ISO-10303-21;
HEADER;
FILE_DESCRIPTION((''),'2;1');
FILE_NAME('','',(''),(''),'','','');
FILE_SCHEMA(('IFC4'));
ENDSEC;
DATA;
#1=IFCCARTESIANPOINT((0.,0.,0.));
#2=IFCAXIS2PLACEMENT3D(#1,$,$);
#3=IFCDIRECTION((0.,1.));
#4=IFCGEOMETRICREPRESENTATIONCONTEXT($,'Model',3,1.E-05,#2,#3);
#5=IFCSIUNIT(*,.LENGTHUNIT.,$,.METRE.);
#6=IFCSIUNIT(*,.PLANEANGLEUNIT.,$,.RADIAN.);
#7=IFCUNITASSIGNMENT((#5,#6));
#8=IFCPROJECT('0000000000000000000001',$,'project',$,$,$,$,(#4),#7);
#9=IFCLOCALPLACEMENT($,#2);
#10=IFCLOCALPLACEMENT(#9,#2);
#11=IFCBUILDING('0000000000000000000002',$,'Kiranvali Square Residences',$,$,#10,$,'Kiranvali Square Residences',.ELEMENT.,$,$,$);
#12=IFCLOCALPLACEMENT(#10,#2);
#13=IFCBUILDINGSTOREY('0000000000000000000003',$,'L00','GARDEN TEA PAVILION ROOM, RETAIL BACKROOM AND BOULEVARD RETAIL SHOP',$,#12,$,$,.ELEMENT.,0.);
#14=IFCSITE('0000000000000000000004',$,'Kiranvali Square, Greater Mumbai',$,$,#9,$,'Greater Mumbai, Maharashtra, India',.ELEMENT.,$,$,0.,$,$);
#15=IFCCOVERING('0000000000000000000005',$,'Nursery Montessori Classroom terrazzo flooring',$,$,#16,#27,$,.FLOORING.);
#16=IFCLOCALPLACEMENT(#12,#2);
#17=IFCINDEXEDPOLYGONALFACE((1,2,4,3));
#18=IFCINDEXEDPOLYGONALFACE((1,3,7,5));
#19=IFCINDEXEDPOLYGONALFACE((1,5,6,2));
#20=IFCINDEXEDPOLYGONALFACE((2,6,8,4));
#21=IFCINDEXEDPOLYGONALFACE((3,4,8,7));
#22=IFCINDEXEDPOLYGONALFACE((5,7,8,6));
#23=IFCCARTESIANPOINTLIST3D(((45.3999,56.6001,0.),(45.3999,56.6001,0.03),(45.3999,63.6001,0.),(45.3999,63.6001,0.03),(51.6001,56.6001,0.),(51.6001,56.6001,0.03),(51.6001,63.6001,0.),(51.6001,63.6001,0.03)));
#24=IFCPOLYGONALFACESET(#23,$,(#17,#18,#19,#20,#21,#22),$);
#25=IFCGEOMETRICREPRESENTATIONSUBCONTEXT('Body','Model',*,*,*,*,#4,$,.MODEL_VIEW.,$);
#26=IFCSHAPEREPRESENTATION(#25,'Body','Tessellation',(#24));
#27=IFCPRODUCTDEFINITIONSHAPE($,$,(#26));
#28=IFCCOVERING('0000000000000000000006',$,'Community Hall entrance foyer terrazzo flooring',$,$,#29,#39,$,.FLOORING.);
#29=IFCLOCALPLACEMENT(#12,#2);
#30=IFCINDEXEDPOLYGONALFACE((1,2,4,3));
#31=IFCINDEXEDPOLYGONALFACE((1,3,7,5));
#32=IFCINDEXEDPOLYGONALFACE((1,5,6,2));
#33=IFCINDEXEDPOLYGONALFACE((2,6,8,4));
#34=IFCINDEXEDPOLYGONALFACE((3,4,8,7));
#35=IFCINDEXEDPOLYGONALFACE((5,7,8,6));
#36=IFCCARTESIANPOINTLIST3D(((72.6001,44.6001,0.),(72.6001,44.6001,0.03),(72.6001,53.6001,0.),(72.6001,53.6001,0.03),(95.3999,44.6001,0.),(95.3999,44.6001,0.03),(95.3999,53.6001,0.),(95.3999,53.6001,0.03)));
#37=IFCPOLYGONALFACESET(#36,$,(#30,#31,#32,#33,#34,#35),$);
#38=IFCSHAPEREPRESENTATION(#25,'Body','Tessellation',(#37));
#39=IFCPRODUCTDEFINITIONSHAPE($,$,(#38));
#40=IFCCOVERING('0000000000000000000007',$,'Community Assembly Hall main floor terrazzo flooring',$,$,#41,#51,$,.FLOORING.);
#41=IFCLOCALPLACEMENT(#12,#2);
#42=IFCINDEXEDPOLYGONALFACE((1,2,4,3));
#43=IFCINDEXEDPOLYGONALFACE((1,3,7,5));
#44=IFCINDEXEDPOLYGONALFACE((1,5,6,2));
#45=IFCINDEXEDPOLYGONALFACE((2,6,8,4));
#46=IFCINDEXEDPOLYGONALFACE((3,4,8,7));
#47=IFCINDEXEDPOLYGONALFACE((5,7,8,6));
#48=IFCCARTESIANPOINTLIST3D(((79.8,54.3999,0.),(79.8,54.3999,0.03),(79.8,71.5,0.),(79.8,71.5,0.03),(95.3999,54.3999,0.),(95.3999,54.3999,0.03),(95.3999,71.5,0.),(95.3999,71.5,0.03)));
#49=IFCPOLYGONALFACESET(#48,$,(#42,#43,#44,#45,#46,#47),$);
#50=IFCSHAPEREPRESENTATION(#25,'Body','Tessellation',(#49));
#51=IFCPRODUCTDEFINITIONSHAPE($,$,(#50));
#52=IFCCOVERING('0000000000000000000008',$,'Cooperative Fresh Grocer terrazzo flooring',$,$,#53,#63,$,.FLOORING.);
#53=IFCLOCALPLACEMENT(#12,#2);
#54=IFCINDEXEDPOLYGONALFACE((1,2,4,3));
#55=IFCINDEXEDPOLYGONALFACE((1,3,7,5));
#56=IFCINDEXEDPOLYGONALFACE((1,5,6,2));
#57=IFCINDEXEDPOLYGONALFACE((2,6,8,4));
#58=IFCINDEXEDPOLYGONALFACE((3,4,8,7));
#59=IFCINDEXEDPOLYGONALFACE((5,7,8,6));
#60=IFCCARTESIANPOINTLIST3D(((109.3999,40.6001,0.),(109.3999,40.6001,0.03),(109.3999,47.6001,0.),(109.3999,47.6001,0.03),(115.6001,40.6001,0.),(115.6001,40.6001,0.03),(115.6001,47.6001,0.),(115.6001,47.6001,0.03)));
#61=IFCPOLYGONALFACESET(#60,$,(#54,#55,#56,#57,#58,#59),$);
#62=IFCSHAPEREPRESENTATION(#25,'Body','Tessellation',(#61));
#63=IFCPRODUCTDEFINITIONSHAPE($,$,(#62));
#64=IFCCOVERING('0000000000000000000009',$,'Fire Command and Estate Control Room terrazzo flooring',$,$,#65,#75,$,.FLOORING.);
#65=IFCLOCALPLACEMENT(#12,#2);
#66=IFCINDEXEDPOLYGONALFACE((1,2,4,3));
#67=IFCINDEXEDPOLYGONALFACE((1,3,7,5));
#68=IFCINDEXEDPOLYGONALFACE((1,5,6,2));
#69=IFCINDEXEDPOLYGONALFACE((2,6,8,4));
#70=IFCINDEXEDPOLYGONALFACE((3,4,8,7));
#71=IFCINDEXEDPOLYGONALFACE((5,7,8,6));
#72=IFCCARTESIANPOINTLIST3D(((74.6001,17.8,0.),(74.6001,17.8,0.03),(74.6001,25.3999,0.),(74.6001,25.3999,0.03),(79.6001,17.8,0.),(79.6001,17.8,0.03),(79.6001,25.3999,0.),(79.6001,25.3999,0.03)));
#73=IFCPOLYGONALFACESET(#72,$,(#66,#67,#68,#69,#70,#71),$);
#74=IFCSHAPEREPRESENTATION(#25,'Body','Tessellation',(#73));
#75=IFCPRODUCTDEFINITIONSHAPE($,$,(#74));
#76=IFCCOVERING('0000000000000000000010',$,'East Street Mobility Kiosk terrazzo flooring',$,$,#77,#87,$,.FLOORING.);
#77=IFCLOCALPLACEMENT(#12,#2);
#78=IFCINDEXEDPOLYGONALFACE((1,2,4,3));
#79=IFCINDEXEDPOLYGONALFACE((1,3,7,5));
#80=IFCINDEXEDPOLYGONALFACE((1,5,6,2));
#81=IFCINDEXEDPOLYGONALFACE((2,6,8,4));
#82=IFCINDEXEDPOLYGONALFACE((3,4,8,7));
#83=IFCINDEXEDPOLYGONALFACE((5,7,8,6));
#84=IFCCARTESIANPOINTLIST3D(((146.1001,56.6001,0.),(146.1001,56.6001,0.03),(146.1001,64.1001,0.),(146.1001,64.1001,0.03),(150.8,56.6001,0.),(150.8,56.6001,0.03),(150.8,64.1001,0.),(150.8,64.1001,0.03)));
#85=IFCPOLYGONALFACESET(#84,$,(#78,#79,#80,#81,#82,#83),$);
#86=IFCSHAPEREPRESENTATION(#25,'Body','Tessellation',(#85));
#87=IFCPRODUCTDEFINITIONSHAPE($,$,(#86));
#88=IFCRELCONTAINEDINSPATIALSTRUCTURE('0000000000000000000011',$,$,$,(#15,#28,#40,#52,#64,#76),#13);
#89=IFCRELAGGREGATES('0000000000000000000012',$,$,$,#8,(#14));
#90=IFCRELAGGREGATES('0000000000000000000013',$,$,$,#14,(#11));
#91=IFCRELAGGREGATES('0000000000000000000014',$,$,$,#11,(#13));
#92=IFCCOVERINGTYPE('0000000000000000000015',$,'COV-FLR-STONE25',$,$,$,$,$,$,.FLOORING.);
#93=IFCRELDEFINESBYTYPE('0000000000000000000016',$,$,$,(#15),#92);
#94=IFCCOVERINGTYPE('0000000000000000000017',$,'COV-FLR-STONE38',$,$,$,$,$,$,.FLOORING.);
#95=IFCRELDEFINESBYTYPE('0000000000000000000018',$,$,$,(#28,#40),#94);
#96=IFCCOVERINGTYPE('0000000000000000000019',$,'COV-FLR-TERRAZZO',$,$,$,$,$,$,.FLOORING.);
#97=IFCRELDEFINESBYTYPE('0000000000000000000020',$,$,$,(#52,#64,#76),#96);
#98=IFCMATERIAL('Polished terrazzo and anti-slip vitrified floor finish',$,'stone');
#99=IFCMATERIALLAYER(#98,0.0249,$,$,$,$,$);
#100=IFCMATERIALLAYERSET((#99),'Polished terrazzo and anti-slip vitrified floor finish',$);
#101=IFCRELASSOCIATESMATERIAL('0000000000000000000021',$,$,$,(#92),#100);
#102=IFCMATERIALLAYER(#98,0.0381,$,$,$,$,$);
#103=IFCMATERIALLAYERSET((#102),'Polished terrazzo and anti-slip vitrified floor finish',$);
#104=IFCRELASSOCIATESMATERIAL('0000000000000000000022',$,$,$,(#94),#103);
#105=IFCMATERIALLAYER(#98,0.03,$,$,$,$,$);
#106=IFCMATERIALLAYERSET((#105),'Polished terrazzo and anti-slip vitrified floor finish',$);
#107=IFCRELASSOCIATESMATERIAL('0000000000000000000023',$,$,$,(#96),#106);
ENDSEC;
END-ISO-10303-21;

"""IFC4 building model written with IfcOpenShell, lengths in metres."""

from ifc_helpers import new_model, si_unit, direction, origin, place, context, subcontext, project, spatial, polyline, outline, extrude, material, layer, layer_set, type_object, element, save


model = new_model("IFC4")

# Units and contexts
model_context = context("Model", 3, precision=1e-05, world=origin(), true_north=direction((0.0, 1.0)))
body_context = subcontext(model_context, "Body", "Model", "MODEL_VIEW")
ifc_project = project(units=[si_unit("LENGTHUNIT", "METRE"), si_unit("PLANEANGLEUNIT", "RADIAN")], contexts=[model_context])

# Site, building, storey
site_placement = place(None, origin())
site = spatial("IfcSite", under=ifc_project, at=site_placement, Name="Kiranvali Square, Greater Mumbai", LongName="Greater Mumbai, Maharashtra, India", CompositionType="ELEMENT", RefElevation=0.0)
building_placement = place(site_placement, origin())
building = spatial("IfcBuilding", under=site, at=building_placement, Name="Kiranvali Square Residences", LongName="Kiranvali Square Residences", CompositionType="ELEMENT")
storey_placement = place(building_placement, origin())
storey = spatial("IfcBuildingStorey", under=building, at=storey_placement, Name="L00", Description="GARDEN TEA PAVILION ROOM, RETAIL BACKROOM AND BOULEVARD RETAIL SHOP", CompositionType="ELEMENT", Elevation=0.0)

# Coverings
ifc_material_1 = material(Name="Polished terrazzo and anti-slip vitrified floor finish", Category="stone")
ifc_layer_1 = layer(ifc_material_1, 0.0249)
ifc_layer_set_1 = layer_set([ifc_layer_1], Name="Polished terrazzo and anti-slip vitrified floor finish")
covering_type_1 = type_object("IfcCoveringType", Name="COV-FLR-STONE25", PredefinedType="FLOORING", material=ifc_layer_set_1)
covering_1_placement = place(storey_placement, origin())
element("IfcCovering", 1, at=covering_1_placement, inside=storey, type_object=covering_type_1, Name="Nursery Montessori Classroom terrazzo flooring", PredefinedType="FLOORING", context=body_context, shape_type="SweptSolid", body=[
    extrude(outline(polyline([(45.3999, 56.6001), (51.6001, 56.6001), (51.6001, 63.6001), (45.3999, 63.6001), (45.3999, 56.6001)])), origin(), (0.0, 0.0, 1.0), 0.03),
])
ifc_layer_2 = layer(ifc_material_1, 0.0381)
ifc_layer_set_2 = layer_set([ifc_layer_2], Name="Polished terrazzo and anti-slip vitrified floor finish")
covering_type_2 = type_object("IfcCoveringType", Name="COV-FLR-STONE38", PredefinedType="FLOORING", material=ifc_layer_set_2)
covering_2_placement = place(storey_placement, origin())
element("IfcCovering", 2, at=covering_2_placement, inside=storey, type_object=covering_type_2, Name="Community Hall entrance foyer terrazzo flooring", PredefinedType="FLOORING", context=body_context, shape_type="SweptSolid", body=[
    extrude(outline(polyline([(72.6001, 44.6001), (95.3999, 44.6001), (95.3999, 53.6001), (72.6001, 53.6001), (72.6001, 44.6001)])), origin(), (0.0, 0.0, 1.0), 0.03),
])
covering_3_placement = place(storey_placement, origin())
element("IfcCovering", 3, at=covering_3_placement, inside=storey, type_object=covering_type_2, Name="Community Assembly Hall main floor terrazzo flooring", PredefinedType="FLOORING", context=body_context, shape_type="SweptSolid", body=[
    extrude(outline(polyline([(79.8, 54.3999), (95.3999, 54.3999), (95.3999, 71.5), (79.8, 71.5), (79.8, 54.3999)])), origin(), (0.0, 0.0, 1.0), 0.03),
])
ifc_layer_3 = layer(ifc_material_1, 0.03)
ifc_layer_set_3 = layer_set([ifc_layer_3], Name="Polished terrazzo and anti-slip vitrified floor finish")
covering_type_3 = type_object("IfcCoveringType", Name="COV-FLR-TERRAZZO", PredefinedType="FLOORING", material=ifc_layer_set_3)
covering_4_placement = place(storey_placement, origin())
element("IfcCovering", 4, at=covering_4_placement, inside=storey, type_object=covering_type_3, Name="Cooperative Fresh Grocer terrazzo flooring", PredefinedType="FLOORING", context=body_context, shape_type="SweptSolid", body=[
    extrude(outline(polyline([(109.3999, 40.6001), (115.6001, 40.6001), (115.6001, 47.6001), (109.3999, 47.6001), (109.3999, 40.6001)])), origin(), (0.0, 0.0, 1.0), 0.03),
])
covering_5_placement = place(storey_placement, origin())
element("IfcCovering", 5, at=covering_5_placement, inside=storey, type_object=covering_type_3, Name="Fire Command and Estate Control Room terrazzo flooring", PredefinedType="FLOORING", context=body_context, shape_type="SweptSolid", body=[
    extrude(outline(polyline([(74.6001, 17.8), (79.6001, 17.8), (79.6001, 25.3999), (74.6001, 25.3999), (74.6001, 17.8)])), origin(), (0.0, 0.0, 1.0), 0.03),
])
covering_6_placement = place(storey_placement, origin())
element("IfcCovering", 6, at=covering_6_placement, inside=storey, type_object=covering_type_3, Name="East Street Mobility Kiosk terrazzo flooring", PredefinedType="FLOORING", context=body_context, shape_type="SweptSolid", body=[
    extrude(outline(polyline([(146.1001, 56.6001), (150.8, 56.6001), (150.8, 64.1001), (146.1001, 64.1001), (146.1001, 56.6001)])), origin(), (0.0, 0.0, 1.0), 0.03),
])

save(model, "model.ifc")
